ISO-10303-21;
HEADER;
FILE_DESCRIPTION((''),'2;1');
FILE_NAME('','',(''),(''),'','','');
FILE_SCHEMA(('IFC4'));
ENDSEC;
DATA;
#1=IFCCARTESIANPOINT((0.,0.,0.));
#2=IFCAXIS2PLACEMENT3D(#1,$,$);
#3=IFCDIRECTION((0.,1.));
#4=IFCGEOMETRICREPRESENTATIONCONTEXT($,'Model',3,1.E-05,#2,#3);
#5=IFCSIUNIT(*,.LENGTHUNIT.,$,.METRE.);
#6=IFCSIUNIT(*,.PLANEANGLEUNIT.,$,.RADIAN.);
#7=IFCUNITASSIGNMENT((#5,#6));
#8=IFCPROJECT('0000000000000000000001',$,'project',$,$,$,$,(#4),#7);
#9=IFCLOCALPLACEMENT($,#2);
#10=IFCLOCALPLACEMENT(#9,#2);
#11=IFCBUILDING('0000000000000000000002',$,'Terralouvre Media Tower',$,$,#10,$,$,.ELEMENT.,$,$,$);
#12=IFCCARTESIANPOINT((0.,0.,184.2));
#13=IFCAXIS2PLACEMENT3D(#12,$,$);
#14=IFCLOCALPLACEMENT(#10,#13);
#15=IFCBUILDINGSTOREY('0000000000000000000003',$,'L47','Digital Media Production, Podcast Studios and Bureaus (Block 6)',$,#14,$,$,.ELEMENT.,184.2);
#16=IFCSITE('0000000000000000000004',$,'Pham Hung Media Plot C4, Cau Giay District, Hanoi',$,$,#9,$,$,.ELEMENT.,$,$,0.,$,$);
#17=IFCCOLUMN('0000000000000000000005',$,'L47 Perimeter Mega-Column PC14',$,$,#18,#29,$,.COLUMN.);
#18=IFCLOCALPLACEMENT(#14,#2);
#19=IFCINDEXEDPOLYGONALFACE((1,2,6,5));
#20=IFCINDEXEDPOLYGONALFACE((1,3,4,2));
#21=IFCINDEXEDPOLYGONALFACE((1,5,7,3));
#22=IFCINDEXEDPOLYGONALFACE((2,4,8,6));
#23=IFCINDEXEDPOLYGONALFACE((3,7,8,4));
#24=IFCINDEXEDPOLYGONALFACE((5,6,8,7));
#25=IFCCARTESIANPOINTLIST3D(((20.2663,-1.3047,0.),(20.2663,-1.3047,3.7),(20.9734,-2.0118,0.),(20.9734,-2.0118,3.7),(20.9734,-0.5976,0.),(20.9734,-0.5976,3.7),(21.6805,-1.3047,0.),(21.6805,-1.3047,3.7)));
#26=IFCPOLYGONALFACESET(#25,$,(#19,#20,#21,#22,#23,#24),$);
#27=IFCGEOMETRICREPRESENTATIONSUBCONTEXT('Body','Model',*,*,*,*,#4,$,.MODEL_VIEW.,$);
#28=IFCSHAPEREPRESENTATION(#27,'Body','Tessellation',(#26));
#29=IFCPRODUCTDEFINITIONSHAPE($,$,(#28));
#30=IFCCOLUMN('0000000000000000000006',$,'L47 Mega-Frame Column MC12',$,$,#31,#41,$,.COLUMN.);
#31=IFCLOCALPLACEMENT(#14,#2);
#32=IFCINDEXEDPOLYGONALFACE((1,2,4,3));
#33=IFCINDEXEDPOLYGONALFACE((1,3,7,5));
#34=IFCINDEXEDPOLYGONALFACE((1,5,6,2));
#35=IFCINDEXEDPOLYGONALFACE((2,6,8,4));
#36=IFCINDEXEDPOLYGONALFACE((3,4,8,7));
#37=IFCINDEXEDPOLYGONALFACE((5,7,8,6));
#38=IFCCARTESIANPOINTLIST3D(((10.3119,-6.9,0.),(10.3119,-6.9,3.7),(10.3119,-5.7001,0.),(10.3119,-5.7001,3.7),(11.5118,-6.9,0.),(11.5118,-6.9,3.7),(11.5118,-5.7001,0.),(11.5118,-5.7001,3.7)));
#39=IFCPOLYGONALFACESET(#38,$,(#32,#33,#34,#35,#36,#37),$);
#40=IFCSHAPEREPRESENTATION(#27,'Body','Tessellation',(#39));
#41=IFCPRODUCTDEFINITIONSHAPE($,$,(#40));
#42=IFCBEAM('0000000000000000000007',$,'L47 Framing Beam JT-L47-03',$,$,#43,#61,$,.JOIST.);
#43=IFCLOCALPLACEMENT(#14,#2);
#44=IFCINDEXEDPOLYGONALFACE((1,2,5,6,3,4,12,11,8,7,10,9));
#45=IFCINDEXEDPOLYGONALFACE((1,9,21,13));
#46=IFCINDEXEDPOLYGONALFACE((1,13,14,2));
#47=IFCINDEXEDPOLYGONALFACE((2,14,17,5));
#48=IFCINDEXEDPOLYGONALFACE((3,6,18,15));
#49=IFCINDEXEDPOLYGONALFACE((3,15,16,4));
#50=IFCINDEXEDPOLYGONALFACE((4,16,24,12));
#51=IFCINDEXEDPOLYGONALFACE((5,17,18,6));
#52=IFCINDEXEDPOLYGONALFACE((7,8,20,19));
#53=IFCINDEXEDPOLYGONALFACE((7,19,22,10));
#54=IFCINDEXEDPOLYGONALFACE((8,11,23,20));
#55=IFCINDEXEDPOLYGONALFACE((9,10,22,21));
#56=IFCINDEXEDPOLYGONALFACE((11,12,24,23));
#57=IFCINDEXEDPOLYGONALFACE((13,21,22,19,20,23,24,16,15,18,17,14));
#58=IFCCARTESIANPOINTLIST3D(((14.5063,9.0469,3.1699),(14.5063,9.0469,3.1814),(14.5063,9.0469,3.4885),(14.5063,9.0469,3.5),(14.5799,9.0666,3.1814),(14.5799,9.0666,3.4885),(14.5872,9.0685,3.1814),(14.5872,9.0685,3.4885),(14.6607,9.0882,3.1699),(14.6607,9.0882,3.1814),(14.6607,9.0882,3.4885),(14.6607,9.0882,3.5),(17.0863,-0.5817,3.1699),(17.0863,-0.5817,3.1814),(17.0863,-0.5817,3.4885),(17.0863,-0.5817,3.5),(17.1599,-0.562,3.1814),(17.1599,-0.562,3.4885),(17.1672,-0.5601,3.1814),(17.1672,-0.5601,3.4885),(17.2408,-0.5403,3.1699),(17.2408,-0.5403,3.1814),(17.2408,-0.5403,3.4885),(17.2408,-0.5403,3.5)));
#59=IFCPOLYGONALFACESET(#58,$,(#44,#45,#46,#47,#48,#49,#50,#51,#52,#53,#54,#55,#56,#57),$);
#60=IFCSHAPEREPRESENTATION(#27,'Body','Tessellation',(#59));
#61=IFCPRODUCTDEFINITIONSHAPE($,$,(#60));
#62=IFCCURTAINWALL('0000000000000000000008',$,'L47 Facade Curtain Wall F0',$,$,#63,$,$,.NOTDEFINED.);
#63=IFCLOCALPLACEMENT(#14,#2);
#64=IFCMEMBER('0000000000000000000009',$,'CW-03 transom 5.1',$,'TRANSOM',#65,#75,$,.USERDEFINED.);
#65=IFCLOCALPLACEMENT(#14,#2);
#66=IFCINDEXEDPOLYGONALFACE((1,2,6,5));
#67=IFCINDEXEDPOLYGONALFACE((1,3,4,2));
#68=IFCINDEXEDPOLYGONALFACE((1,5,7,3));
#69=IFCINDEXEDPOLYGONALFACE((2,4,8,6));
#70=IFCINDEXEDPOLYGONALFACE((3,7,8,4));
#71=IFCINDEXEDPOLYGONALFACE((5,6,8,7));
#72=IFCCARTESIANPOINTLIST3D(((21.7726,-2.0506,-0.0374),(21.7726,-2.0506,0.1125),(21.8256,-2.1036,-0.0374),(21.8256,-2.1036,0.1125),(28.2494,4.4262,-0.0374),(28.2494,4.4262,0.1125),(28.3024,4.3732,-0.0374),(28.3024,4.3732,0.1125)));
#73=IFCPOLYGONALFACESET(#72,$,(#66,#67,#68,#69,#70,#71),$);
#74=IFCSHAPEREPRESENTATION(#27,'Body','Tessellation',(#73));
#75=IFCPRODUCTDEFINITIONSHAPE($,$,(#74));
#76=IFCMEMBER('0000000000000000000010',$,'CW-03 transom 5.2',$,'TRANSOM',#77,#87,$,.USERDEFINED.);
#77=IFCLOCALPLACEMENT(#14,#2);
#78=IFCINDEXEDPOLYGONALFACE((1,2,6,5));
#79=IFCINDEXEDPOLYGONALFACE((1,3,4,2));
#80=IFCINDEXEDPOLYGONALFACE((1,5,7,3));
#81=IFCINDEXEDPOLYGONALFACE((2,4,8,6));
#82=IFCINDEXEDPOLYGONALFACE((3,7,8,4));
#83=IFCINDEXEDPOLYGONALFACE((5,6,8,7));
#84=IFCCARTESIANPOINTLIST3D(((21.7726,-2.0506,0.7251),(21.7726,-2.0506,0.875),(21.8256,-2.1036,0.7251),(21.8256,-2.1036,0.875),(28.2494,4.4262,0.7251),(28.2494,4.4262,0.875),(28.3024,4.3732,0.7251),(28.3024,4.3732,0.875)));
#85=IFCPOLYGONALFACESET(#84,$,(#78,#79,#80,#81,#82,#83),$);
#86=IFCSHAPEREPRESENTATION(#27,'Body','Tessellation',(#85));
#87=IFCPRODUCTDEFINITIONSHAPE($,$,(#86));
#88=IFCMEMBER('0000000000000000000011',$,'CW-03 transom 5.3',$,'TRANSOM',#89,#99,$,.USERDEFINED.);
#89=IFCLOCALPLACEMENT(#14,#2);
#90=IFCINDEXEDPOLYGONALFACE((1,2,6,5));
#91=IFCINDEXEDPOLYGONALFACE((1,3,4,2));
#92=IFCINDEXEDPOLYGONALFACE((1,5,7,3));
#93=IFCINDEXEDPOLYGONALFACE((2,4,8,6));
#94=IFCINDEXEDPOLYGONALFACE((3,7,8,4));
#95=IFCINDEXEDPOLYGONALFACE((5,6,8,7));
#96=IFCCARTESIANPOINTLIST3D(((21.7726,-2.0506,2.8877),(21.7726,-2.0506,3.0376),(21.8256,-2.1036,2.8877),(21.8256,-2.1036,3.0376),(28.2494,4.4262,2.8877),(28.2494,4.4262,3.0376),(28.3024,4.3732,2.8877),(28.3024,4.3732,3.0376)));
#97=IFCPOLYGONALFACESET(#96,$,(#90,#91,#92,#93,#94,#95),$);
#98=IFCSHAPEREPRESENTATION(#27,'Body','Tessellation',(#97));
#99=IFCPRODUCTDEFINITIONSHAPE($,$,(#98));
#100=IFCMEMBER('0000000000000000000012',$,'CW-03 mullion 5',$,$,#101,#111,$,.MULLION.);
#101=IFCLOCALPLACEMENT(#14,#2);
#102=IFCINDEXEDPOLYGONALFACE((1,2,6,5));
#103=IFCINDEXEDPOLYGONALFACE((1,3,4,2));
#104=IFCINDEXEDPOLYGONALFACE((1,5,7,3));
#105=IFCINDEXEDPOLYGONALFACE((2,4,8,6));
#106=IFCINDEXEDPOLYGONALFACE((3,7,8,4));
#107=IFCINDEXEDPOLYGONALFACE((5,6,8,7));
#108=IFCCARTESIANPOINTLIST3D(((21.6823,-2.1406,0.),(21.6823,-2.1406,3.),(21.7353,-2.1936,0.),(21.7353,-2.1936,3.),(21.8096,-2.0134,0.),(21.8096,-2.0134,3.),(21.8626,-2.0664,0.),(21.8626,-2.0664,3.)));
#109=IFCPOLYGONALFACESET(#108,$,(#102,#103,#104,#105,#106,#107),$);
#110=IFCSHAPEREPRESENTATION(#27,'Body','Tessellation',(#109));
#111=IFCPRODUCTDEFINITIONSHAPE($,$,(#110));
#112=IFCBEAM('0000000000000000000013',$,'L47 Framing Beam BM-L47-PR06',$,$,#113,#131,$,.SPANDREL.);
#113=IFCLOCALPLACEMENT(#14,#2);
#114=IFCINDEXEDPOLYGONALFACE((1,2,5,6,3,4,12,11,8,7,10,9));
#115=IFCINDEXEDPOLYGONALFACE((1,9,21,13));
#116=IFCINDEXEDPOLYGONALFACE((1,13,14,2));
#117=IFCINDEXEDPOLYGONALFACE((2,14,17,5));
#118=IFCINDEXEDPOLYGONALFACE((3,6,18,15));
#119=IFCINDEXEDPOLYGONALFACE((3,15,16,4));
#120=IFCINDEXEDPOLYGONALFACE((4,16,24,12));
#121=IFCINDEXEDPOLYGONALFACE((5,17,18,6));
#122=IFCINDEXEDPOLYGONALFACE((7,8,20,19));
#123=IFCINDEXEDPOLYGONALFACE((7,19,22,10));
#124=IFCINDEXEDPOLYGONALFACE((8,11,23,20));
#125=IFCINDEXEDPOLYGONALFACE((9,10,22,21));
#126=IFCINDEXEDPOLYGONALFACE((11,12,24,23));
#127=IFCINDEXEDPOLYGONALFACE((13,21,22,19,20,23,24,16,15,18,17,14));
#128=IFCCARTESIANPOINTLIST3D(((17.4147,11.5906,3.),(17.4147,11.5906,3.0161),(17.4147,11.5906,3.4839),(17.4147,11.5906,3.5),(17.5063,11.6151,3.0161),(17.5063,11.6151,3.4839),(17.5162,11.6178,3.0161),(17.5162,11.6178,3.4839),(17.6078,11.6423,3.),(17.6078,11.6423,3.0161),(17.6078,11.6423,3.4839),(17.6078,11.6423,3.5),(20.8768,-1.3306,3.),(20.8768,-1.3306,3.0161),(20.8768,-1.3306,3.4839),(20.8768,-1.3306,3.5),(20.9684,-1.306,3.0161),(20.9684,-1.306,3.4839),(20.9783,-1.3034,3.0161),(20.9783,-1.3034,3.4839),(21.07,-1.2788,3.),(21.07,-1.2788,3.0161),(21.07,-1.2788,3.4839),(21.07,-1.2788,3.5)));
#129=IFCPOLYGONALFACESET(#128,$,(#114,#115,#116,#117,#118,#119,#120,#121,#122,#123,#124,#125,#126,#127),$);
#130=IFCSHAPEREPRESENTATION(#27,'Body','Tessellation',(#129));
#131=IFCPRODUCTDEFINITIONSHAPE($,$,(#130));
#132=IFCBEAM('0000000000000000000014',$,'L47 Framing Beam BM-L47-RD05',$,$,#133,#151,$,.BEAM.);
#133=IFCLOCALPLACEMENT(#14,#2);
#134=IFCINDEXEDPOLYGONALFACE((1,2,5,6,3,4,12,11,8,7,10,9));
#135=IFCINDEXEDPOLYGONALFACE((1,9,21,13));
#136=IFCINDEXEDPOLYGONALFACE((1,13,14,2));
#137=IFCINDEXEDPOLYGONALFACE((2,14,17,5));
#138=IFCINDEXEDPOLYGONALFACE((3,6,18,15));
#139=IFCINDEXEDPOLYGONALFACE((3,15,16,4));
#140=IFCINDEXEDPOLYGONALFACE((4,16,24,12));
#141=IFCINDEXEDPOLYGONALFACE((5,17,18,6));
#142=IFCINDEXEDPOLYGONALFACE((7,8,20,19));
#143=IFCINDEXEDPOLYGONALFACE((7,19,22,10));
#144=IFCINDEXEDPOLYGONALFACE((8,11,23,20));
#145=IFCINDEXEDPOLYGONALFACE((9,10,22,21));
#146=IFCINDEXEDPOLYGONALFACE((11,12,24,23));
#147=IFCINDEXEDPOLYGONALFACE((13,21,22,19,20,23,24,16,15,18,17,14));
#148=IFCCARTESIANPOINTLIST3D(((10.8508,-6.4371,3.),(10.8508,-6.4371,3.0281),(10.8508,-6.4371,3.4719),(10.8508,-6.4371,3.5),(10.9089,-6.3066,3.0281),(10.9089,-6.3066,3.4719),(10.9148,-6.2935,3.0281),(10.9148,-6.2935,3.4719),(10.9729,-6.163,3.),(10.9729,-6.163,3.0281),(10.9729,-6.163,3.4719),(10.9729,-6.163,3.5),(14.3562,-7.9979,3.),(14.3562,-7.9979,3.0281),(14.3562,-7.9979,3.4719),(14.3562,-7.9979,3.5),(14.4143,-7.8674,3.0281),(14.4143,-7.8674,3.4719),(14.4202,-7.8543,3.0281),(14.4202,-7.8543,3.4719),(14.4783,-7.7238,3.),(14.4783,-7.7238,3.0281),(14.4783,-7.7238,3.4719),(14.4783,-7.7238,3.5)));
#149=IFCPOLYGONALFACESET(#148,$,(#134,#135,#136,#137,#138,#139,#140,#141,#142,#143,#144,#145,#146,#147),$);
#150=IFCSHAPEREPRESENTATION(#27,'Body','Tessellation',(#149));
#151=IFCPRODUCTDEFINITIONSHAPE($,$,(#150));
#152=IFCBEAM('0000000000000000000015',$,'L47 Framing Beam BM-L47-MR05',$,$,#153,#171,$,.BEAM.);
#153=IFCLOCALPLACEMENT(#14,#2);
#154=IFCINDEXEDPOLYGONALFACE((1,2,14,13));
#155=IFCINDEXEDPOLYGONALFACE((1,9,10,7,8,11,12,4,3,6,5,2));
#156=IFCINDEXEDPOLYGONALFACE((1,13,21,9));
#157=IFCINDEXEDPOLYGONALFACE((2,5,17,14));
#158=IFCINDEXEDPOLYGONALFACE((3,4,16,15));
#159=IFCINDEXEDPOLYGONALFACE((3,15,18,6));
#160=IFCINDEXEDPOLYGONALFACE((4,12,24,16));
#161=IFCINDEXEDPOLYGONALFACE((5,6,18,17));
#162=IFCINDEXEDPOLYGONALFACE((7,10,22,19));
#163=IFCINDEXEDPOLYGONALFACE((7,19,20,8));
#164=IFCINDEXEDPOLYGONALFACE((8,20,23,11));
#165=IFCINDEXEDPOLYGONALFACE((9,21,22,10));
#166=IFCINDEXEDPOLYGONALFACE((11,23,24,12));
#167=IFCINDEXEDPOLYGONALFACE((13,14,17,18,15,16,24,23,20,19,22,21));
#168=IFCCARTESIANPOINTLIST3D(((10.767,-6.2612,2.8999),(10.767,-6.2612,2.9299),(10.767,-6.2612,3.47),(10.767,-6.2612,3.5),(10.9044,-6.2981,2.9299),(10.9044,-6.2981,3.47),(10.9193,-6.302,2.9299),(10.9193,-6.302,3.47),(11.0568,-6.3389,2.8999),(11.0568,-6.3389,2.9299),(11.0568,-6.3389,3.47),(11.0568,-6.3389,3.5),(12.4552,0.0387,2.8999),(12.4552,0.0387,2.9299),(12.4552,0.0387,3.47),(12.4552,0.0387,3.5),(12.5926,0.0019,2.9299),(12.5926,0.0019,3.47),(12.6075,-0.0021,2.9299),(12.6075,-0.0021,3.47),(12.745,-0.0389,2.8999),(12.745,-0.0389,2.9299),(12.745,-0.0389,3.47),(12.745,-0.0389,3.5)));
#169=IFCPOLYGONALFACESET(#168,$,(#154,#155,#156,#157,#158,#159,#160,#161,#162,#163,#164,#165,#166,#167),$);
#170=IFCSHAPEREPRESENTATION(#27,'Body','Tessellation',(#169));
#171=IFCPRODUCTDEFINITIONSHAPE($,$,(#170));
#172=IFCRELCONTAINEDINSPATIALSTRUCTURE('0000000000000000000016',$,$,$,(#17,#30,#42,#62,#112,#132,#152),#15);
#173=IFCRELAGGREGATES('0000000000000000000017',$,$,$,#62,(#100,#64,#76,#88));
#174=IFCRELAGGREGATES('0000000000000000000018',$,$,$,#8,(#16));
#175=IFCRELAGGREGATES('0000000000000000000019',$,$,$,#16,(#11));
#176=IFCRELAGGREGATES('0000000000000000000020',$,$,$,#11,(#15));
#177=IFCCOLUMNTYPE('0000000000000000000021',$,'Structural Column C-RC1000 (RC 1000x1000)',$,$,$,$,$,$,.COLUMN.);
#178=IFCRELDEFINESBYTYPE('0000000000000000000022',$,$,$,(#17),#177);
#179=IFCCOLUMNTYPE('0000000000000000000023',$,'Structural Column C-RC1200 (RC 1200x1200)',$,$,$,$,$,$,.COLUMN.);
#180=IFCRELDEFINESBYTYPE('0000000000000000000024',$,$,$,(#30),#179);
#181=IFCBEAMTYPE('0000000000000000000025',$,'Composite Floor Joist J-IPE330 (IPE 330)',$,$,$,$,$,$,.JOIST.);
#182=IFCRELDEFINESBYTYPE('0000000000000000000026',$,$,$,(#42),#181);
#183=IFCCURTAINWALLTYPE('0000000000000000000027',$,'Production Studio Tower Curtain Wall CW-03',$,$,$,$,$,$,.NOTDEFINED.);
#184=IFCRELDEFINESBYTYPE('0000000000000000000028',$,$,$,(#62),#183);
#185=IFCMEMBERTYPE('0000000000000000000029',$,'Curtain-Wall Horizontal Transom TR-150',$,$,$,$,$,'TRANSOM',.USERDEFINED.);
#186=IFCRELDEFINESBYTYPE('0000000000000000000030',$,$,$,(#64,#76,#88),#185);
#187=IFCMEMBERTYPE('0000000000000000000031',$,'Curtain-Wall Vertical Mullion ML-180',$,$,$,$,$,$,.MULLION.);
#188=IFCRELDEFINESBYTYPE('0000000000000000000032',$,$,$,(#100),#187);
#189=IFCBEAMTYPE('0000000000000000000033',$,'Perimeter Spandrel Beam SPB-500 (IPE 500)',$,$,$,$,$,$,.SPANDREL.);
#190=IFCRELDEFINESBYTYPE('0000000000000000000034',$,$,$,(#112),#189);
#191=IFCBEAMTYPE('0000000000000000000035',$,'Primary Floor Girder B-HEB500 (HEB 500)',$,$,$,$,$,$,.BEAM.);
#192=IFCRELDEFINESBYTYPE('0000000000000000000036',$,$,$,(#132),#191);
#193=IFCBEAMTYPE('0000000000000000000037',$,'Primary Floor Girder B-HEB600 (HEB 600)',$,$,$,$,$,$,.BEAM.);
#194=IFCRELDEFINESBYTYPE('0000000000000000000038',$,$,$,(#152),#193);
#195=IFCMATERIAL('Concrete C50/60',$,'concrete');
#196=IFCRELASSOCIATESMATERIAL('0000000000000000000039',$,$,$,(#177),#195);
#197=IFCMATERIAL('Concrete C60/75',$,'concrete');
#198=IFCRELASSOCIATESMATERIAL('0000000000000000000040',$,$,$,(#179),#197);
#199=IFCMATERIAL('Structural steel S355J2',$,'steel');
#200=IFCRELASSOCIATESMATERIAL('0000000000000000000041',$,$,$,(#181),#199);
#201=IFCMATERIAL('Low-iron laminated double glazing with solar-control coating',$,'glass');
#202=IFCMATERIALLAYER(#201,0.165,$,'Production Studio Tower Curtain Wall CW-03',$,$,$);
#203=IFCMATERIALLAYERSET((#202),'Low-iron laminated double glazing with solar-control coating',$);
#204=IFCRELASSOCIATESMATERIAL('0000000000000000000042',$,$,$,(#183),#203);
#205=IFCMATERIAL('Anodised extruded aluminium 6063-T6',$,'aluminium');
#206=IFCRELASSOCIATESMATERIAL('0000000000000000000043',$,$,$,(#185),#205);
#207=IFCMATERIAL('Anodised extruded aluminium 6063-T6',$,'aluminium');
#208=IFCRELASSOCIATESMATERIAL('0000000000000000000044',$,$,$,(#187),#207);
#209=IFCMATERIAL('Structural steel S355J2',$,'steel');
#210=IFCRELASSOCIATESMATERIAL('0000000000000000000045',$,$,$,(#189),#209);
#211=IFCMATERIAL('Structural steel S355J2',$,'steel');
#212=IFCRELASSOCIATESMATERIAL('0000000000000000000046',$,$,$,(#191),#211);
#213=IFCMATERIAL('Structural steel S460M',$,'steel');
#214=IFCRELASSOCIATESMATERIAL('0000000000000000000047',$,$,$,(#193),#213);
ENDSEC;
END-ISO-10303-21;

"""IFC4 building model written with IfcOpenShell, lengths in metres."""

from ifc_helpers import new_model, si_unit, direction, frame, origin, origin_2d, place, context, subcontext, project, spatial, rectangle, i_section, extrude, material, layer, layer_set, material_profile, profile_set, type_object, element, aggregate, save


model = new_model("IFC4")

# Units and contexts
model_context = context("Model", 3, precision=1e-05, world=origin(), true_north=direction((0.0, 1.0)))
body_context = subcontext(model_context, "Body", "Model", "MODEL_VIEW")
ifc_project = project(units=[si_unit("LENGTHUNIT", "METRE"), si_unit("PLANEANGLEUNIT", "RADIAN")], contexts=[model_context])

# Site, building, storey
site_placement = place(None, origin())
site = spatial("IfcSite", under=ifc_project, at=site_placement, Name="Pham Hung Media Plot C4, Cau Giay District, Hanoi", CompositionType="ELEMENT", RefElevation=0.0)
building_placement = place(site_placement, origin())
building = spatial("IfcBuilding", under=site, at=building_placement, Name="Terralouvre Media Tower", CompositionType="ELEMENT")
storey_placement = place(building_placement, frame((0.0, 0.0, 184.2)))
storey = spatial("IfcBuildingStorey", under=building, at=storey_placement, Name="L47", Description="Digital Media Production, Podcast Studios and Bureaus (Block 6)", CompositionType="ELEMENT", Elevation=184.2)

# Columns
ifc_material_1 = material(Name="Concrete C50/60", Category="concrete")
ifc_material_profile_1 = material_profile(ifc_material_1, rectangle(XDim=1.0, YDim=1.0, at=origin_2d()), Name="RC 1000x1000")
ifc_profile_set_1 = profile_set([ifc_material_profile_1], Name="Concrete C50/60")
column_type_1 = type_object("IfcColumnType", Name="Structural Column C-RC1000 (RC 1000x1000)", PredefinedType="COLUMN", material=ifc_profile_set_1)
column_1_placement = place(storey_placement, frame((20.9734, -1.3047, 0.0), z_axis=(0.0, 0.0, 1.0), x_axis=(0.707107, 0.707107, 0.0)))
element("IfcColumn", 1, at=column_1_placement, inside=storey, type_object=column_type_1, Name="L47 Perimeter Mega-Column PC14", PredefinedType="COLUMN", context=body_context, shape_type="SweptSolid", body=[
    extrude(rectangle(XDim=1.0, YDim=1.0, at=origin_2d()), origin(), (0.0, 0.0, 1.0), 3.7),
])
ifc_material_2 = material(Name="Concrete C60/75", Category="concrete")
ifc_material_profile_2 = material_profile(ifc_material_2, rectangle(XDim=1.2, YDim=1.2, at=origin_2d()), Name="RC 1200x1200")
ifc_profile_set_2 = profile_set([ifc_material_profile_2], Name="Concrete C60/75")
column_type_2 = type_object("IfcColumnType", Name="Structural Column C-RC1200 (RC 1200x1200)", PredefinedType="COLUMN", material=ifc_profile_set_2)
column_2_placement = place(storey_placement, frame((10.9119, -6.3, 0.0), z_axis=(0.0, 0.0, 1.0), x_axis=(1.0, 0.0, 0.0)))
element("IfcColumn", 2, at=column_2_placement, inside=storey, type_object=column_type_2, Name="L47 Mega-Frame Column MC12", PredefinedType="COLUMN", context=body_context, shape_type="SweptSolid", body=[
    extrude(rectangle(XDim=1.2, YDim=1.2, at=origin_2d()), origin(), (0.0, 0.0, 1.0), 3.7),
])

# Beam
ifc_material_3 = material(Name="Structural steel S355J2", Category="steel")
ifc_material_profile_3 = material_profile(ifc_material_3, i_section(OverallWidth=0.1599, OverallDepth=0.3301, WebThickness=0.0076, FlangeThickness=0.0115, at=origin_2d()), Name="IPE 330")
ifc_profile_set_3 = profile_set([ifc_material_profile_3], Name="Structural steel S355J2")
beam_type_1 = type_object("IfcBeamType", Name="Composite Floor Joist J-IPE330 (IPE 330)", PredefinedType="JOIST", material=ifc_profile_set_3)
beam_1_placement = place(storey_placement, frame((17.1636, -0.561, 3.335), z_axis=(-0.258827, 0.965924, 0.0), x_axis=(-0.965924, -0.258827, 0.0)))
element("IfcBeam", 3, at=beam_1_placement, inside=storey, type_object=beam_type_1, Name="L47 Framing Beam JT-L47-03", PredefinedType="JOIST", context=body_context, shape_type="SweptSolid", body=[
    extrude(i_section(OverallWidth=0.1599, OverallDepth=0.3301, WebThickness=0.0076, FlangeThickness=0.0115, at=origin_2d()), origin(), (0.0, 0.0, 1.0), 9.9683),
])

# Curtain wall, members
ifc_material_4 = material(Name="Low-iron laminated double glazing with solar-control coating", Category="glass")
ifc_layer_1 = layer(ifc_material_4, 0.165, Name="Production Studio Tower Curtain Wall CW-03")
ifc_layer_set_1 = layer_set([ifc_layer_1], Name="Low-iron laminated double glazing with solar-control coating")
curtain_wall_type = type_object("IfcCurtainWallType", Name="Production Studio Tower Curtain Wall CW-03", PredefinedType="NOTDEFINED", material=ifc_layer_set_1)
curtain_wall_placement = place(storey_placement, origin())
curtain_wall = element("IfcCurtainWall", 4, at=curtain_wall_placement, inside=storey, type_object=curtain_wall_type, Name="L47 Facade Curtain Wall F0", PredefinedType="NOTDEFINED")
ifc_material_5 = material(Name="Anodised extruded aluminium 6063-T6", Category="aluminium")
ifc_material_profile_4 = material_profile(ifc_material_5, rectangle(XDim=0.075, YDim=0.1499, at=origin_2d()), Name="ALU 75x150")
ifc_profile_set_4 = profile_set([ifc_material_profile_4], Name="Anodised extruded aluminium 6063-T6")
member_type_1 = type_object("IfcMemberType", Name="Curtain-Wall Horizontal Transom TR-150", ElementType="TRANSOM", PredefinedType="USERDEFINED", material=ifc_profile_set_4)
member_1_placement = place(storey_placement, frame((21.7991, -2.0771, 0.0376), z_axis=(0.707107, 0.707107, 0.0), x_axis=(-0.707107, 0.707107, 0.0)))
member_1 = element("IfcMember", 5, at=member_1_placement, type_object=member_type_1, Name="CW-03 transom 5.1", ObjectType="TRANSOM", PredefinedType="USERDEFINED", context=body_context, shape_type="SweptSolid", body=[
    extrude(rectangle(XDim=0.075, YDim=0.1499, at=origin_2d()), origin(), (0.0, 0.0, 1.0), 9.1597),
])
member_2_placement = place(storey_placement, frame((21.7991, -2.0771, 0.8), z_axis=(0.707107, 0.707107, 0.0), x_axis=(-0.707107, 0.707107, 0.0)))
member_2 = element("IfcMember", 6, at=member_2_placement, type_object=member_type_1, Name="CW-03 transom 5.2", ObjectType="TRANSOM", PredefinedType="USERDEFINED", context=body_context, shape_type="SweptSolid", body=[
    extrude(rectangle(XDim=0.075, YDim=0.1499, at=origin_2d()), origin(), (0.0, 0.0, 1.0), 9.1597),
])
member_3_placement = place(storey_placement, frame((21.7991, -2.0771, 2.9626), z_axis=(0.707107, 0.707107, 0.0), x_axis=(-0.707107, 0.707107, 0.0)))
member_3 = element("IfcMember", 7, at=member_3_placement, type_object=member_type_1, Name="CW-03 transom 5.3", ObjectType="TRANSOM", PredefinedType="USERDEFINED", context=body_context, shape_type="SweptSolid", body=[
    extrude(rectangle(XDim=0.075, YDim=0.1499, at=origin_2d()), origin(), (0.0, 0.0, 1.0), 9.1597),
])
ifc_material_6 = material(Name="Anodised extruded aluminium 6063-T6", Category="aluminium")
ifc_material_profile_5 = material_profile(ifc_material_6, rectangle(XDim=0.075, YDim=0.1799, at=origin_2d()), Name="ALU 75x180")
ifc_profile_set_5 = profile_set([ifc_material_profile_5], Name="Anodised extruded aluminium 6063-T6")
member_type_2 = type_object("IfcMemberType", Name="Curtain-Wall Vertical Mullion ML-180", PredefinedType="MULLION", material=ifc_profile_set_5)
member_4_placement = place(storey_placement, frame((21.7725, -2.1035, 0.0), z_axis=(0.0, 0.0, 1.0), x_axis=(-0.707107, 0.707107, 0.0)))
member_4 = element("IfcMember", 8, at=member_4_placement, type_object=member_type_2, Name="CW-03 mullion 5", PredefinedType="MULLION", context=body_context, shape_type="SweptSolid", body=[
    extrude(rectangle(XDim=0.075, YDim=0.1799, at=origin_2d()), origin(), (0.0, 0.0, 1.0), 3.0),
])

# Beams
ifc_material_7 = material(Name="Structural steel S355J2", Category="steel")
ifc_material_profile_6 = material_profile(ifc_material_7, i_section(OverallWidth=0.2, OverallDepth=0.5, WebThickness=0.0103, FlangeThickness=0.0161, at=origin_2d()), Name="IPE 500")
ifc_profile_set_6 = profile_set([ifc_material_profile_6], Name="Structural steel S355J2")
beam_type_2 = type_object("IfcBeamType", Name="Perimeter Spandrel Beam SPB-500 (IPE 500)", PredefinedType="SPANDREL", material=ifc_profile_set_6)
beam_2_placement = place(storey_placement, frame((20.9734, -1.3047, 3.25), z_axis=(-0.258815, 0.965927, 0.0), x_axis=(-0.965927, -0.258815, 0.0)))
element("IfcBeam", 9, at=beam_2_placement, inside=storey, type_object=beam_type_2, Name="L47 Framing Beam BM-L47-PR06", PredefinedType="SPANDREL", context=body_context, shape_type="SweptSolid", body=[
    extrude(i_section(OverallWidth=0.2, OverallDepth=0.5, WebThickness=0.0103, FlangeThickness=0.0161, at=origin_2d()), origin(), (0.0, 0.0, 1.0), 13.377),
])
ifc_material_8 = material(Name="Structural steel S355J2", Category="steel")
ifc_material_profile_7 = material_profile(ifc_material_8, i_section(OverallWidth=0.3, OverallDepth=0.5, WebThickness=0.0144, FlangeThickness=0.0281, at=origin_2d()), Name="HEB 500")
ifc_profile_set_7 = profile_set([ifc_material_profile_7], Name="Structural steel S355J2")
beam_type_3 = type_object("IfcBeamType", Name="Primary Floor Girder B-HEB500 (HEB 500)", PredefinedType="BEAM", material=ifc_profile_set_7)
beam_3_placement = place(storey_placement, frame((10.9119, -6.3, 3.25), z_axis=(0.913536, -0.406758, 0.0), x_axis=(0.406758, 0.913536, 0.0)))
element("IfcBeam", 10, at=beam_3_placement, inside=storey, type_object=beam_type_3, Name="L47 Framing Beam BM-L47-RD05", PredefinedType="BEAM", context=body_context, shape_type="SweptSolid", body=[
    extrude(i_section(OverallWidth=0.3, OverallDepth=0.5, WebThickness=0.0144, FlangeThickness=0.0281, at=origin_2d()), origin(), (0.0, 0.0, 1.0), 3.8372),
])
ifc_material_9 = material(Name="Structural steel S460M", Category="steel")
ifc_material_profile_8 = material_profile(ifc_material_9, i_section(OverallWidth=0.3, OverallDepth=0.6001, WebThickness=0.0154, FlangeThickness=0.03, at=origin_2d()), Name="HEB 600")
ifc_profile_set_8 = profile_set([ifc_material_profile_8], Name="Structural steel S460M")
beam_type_4 = type_object("IfcBeamType", Name="Primary Floor Girder B-HEB600 (HEB 600)", PredefinedType="BEAM", material=ifc_profile_set_8)
beam_4_placement = place(storey_placement, frame((10.9119, -6.3, 3.2), z_axis=(0.258839, 0.96592, 0.0), x_axis=(-0.96592, 0.258839, 0.0)))
element("IfcBeam", 11, at=beam_4_placement, inside=storey, type_object=beam_type_4, Name="L47 Framing Beam BM-L47-MR05", PredefinedType="BEAM", context=body_context, shape_type="SweptSolid", body=[
    extrude(i_section(OverallWidth=0.3, OverallDepth=0.6001, WebThickness=0.0154, FlangeThickness=0.03, at=origin_2d()), origin(), (0.0, 0.0, 1.0), 6.5222),
])

aggregate(curtain_wall, [member_4, member_1, member_2, member_3])

save(model, "model.ifc")
